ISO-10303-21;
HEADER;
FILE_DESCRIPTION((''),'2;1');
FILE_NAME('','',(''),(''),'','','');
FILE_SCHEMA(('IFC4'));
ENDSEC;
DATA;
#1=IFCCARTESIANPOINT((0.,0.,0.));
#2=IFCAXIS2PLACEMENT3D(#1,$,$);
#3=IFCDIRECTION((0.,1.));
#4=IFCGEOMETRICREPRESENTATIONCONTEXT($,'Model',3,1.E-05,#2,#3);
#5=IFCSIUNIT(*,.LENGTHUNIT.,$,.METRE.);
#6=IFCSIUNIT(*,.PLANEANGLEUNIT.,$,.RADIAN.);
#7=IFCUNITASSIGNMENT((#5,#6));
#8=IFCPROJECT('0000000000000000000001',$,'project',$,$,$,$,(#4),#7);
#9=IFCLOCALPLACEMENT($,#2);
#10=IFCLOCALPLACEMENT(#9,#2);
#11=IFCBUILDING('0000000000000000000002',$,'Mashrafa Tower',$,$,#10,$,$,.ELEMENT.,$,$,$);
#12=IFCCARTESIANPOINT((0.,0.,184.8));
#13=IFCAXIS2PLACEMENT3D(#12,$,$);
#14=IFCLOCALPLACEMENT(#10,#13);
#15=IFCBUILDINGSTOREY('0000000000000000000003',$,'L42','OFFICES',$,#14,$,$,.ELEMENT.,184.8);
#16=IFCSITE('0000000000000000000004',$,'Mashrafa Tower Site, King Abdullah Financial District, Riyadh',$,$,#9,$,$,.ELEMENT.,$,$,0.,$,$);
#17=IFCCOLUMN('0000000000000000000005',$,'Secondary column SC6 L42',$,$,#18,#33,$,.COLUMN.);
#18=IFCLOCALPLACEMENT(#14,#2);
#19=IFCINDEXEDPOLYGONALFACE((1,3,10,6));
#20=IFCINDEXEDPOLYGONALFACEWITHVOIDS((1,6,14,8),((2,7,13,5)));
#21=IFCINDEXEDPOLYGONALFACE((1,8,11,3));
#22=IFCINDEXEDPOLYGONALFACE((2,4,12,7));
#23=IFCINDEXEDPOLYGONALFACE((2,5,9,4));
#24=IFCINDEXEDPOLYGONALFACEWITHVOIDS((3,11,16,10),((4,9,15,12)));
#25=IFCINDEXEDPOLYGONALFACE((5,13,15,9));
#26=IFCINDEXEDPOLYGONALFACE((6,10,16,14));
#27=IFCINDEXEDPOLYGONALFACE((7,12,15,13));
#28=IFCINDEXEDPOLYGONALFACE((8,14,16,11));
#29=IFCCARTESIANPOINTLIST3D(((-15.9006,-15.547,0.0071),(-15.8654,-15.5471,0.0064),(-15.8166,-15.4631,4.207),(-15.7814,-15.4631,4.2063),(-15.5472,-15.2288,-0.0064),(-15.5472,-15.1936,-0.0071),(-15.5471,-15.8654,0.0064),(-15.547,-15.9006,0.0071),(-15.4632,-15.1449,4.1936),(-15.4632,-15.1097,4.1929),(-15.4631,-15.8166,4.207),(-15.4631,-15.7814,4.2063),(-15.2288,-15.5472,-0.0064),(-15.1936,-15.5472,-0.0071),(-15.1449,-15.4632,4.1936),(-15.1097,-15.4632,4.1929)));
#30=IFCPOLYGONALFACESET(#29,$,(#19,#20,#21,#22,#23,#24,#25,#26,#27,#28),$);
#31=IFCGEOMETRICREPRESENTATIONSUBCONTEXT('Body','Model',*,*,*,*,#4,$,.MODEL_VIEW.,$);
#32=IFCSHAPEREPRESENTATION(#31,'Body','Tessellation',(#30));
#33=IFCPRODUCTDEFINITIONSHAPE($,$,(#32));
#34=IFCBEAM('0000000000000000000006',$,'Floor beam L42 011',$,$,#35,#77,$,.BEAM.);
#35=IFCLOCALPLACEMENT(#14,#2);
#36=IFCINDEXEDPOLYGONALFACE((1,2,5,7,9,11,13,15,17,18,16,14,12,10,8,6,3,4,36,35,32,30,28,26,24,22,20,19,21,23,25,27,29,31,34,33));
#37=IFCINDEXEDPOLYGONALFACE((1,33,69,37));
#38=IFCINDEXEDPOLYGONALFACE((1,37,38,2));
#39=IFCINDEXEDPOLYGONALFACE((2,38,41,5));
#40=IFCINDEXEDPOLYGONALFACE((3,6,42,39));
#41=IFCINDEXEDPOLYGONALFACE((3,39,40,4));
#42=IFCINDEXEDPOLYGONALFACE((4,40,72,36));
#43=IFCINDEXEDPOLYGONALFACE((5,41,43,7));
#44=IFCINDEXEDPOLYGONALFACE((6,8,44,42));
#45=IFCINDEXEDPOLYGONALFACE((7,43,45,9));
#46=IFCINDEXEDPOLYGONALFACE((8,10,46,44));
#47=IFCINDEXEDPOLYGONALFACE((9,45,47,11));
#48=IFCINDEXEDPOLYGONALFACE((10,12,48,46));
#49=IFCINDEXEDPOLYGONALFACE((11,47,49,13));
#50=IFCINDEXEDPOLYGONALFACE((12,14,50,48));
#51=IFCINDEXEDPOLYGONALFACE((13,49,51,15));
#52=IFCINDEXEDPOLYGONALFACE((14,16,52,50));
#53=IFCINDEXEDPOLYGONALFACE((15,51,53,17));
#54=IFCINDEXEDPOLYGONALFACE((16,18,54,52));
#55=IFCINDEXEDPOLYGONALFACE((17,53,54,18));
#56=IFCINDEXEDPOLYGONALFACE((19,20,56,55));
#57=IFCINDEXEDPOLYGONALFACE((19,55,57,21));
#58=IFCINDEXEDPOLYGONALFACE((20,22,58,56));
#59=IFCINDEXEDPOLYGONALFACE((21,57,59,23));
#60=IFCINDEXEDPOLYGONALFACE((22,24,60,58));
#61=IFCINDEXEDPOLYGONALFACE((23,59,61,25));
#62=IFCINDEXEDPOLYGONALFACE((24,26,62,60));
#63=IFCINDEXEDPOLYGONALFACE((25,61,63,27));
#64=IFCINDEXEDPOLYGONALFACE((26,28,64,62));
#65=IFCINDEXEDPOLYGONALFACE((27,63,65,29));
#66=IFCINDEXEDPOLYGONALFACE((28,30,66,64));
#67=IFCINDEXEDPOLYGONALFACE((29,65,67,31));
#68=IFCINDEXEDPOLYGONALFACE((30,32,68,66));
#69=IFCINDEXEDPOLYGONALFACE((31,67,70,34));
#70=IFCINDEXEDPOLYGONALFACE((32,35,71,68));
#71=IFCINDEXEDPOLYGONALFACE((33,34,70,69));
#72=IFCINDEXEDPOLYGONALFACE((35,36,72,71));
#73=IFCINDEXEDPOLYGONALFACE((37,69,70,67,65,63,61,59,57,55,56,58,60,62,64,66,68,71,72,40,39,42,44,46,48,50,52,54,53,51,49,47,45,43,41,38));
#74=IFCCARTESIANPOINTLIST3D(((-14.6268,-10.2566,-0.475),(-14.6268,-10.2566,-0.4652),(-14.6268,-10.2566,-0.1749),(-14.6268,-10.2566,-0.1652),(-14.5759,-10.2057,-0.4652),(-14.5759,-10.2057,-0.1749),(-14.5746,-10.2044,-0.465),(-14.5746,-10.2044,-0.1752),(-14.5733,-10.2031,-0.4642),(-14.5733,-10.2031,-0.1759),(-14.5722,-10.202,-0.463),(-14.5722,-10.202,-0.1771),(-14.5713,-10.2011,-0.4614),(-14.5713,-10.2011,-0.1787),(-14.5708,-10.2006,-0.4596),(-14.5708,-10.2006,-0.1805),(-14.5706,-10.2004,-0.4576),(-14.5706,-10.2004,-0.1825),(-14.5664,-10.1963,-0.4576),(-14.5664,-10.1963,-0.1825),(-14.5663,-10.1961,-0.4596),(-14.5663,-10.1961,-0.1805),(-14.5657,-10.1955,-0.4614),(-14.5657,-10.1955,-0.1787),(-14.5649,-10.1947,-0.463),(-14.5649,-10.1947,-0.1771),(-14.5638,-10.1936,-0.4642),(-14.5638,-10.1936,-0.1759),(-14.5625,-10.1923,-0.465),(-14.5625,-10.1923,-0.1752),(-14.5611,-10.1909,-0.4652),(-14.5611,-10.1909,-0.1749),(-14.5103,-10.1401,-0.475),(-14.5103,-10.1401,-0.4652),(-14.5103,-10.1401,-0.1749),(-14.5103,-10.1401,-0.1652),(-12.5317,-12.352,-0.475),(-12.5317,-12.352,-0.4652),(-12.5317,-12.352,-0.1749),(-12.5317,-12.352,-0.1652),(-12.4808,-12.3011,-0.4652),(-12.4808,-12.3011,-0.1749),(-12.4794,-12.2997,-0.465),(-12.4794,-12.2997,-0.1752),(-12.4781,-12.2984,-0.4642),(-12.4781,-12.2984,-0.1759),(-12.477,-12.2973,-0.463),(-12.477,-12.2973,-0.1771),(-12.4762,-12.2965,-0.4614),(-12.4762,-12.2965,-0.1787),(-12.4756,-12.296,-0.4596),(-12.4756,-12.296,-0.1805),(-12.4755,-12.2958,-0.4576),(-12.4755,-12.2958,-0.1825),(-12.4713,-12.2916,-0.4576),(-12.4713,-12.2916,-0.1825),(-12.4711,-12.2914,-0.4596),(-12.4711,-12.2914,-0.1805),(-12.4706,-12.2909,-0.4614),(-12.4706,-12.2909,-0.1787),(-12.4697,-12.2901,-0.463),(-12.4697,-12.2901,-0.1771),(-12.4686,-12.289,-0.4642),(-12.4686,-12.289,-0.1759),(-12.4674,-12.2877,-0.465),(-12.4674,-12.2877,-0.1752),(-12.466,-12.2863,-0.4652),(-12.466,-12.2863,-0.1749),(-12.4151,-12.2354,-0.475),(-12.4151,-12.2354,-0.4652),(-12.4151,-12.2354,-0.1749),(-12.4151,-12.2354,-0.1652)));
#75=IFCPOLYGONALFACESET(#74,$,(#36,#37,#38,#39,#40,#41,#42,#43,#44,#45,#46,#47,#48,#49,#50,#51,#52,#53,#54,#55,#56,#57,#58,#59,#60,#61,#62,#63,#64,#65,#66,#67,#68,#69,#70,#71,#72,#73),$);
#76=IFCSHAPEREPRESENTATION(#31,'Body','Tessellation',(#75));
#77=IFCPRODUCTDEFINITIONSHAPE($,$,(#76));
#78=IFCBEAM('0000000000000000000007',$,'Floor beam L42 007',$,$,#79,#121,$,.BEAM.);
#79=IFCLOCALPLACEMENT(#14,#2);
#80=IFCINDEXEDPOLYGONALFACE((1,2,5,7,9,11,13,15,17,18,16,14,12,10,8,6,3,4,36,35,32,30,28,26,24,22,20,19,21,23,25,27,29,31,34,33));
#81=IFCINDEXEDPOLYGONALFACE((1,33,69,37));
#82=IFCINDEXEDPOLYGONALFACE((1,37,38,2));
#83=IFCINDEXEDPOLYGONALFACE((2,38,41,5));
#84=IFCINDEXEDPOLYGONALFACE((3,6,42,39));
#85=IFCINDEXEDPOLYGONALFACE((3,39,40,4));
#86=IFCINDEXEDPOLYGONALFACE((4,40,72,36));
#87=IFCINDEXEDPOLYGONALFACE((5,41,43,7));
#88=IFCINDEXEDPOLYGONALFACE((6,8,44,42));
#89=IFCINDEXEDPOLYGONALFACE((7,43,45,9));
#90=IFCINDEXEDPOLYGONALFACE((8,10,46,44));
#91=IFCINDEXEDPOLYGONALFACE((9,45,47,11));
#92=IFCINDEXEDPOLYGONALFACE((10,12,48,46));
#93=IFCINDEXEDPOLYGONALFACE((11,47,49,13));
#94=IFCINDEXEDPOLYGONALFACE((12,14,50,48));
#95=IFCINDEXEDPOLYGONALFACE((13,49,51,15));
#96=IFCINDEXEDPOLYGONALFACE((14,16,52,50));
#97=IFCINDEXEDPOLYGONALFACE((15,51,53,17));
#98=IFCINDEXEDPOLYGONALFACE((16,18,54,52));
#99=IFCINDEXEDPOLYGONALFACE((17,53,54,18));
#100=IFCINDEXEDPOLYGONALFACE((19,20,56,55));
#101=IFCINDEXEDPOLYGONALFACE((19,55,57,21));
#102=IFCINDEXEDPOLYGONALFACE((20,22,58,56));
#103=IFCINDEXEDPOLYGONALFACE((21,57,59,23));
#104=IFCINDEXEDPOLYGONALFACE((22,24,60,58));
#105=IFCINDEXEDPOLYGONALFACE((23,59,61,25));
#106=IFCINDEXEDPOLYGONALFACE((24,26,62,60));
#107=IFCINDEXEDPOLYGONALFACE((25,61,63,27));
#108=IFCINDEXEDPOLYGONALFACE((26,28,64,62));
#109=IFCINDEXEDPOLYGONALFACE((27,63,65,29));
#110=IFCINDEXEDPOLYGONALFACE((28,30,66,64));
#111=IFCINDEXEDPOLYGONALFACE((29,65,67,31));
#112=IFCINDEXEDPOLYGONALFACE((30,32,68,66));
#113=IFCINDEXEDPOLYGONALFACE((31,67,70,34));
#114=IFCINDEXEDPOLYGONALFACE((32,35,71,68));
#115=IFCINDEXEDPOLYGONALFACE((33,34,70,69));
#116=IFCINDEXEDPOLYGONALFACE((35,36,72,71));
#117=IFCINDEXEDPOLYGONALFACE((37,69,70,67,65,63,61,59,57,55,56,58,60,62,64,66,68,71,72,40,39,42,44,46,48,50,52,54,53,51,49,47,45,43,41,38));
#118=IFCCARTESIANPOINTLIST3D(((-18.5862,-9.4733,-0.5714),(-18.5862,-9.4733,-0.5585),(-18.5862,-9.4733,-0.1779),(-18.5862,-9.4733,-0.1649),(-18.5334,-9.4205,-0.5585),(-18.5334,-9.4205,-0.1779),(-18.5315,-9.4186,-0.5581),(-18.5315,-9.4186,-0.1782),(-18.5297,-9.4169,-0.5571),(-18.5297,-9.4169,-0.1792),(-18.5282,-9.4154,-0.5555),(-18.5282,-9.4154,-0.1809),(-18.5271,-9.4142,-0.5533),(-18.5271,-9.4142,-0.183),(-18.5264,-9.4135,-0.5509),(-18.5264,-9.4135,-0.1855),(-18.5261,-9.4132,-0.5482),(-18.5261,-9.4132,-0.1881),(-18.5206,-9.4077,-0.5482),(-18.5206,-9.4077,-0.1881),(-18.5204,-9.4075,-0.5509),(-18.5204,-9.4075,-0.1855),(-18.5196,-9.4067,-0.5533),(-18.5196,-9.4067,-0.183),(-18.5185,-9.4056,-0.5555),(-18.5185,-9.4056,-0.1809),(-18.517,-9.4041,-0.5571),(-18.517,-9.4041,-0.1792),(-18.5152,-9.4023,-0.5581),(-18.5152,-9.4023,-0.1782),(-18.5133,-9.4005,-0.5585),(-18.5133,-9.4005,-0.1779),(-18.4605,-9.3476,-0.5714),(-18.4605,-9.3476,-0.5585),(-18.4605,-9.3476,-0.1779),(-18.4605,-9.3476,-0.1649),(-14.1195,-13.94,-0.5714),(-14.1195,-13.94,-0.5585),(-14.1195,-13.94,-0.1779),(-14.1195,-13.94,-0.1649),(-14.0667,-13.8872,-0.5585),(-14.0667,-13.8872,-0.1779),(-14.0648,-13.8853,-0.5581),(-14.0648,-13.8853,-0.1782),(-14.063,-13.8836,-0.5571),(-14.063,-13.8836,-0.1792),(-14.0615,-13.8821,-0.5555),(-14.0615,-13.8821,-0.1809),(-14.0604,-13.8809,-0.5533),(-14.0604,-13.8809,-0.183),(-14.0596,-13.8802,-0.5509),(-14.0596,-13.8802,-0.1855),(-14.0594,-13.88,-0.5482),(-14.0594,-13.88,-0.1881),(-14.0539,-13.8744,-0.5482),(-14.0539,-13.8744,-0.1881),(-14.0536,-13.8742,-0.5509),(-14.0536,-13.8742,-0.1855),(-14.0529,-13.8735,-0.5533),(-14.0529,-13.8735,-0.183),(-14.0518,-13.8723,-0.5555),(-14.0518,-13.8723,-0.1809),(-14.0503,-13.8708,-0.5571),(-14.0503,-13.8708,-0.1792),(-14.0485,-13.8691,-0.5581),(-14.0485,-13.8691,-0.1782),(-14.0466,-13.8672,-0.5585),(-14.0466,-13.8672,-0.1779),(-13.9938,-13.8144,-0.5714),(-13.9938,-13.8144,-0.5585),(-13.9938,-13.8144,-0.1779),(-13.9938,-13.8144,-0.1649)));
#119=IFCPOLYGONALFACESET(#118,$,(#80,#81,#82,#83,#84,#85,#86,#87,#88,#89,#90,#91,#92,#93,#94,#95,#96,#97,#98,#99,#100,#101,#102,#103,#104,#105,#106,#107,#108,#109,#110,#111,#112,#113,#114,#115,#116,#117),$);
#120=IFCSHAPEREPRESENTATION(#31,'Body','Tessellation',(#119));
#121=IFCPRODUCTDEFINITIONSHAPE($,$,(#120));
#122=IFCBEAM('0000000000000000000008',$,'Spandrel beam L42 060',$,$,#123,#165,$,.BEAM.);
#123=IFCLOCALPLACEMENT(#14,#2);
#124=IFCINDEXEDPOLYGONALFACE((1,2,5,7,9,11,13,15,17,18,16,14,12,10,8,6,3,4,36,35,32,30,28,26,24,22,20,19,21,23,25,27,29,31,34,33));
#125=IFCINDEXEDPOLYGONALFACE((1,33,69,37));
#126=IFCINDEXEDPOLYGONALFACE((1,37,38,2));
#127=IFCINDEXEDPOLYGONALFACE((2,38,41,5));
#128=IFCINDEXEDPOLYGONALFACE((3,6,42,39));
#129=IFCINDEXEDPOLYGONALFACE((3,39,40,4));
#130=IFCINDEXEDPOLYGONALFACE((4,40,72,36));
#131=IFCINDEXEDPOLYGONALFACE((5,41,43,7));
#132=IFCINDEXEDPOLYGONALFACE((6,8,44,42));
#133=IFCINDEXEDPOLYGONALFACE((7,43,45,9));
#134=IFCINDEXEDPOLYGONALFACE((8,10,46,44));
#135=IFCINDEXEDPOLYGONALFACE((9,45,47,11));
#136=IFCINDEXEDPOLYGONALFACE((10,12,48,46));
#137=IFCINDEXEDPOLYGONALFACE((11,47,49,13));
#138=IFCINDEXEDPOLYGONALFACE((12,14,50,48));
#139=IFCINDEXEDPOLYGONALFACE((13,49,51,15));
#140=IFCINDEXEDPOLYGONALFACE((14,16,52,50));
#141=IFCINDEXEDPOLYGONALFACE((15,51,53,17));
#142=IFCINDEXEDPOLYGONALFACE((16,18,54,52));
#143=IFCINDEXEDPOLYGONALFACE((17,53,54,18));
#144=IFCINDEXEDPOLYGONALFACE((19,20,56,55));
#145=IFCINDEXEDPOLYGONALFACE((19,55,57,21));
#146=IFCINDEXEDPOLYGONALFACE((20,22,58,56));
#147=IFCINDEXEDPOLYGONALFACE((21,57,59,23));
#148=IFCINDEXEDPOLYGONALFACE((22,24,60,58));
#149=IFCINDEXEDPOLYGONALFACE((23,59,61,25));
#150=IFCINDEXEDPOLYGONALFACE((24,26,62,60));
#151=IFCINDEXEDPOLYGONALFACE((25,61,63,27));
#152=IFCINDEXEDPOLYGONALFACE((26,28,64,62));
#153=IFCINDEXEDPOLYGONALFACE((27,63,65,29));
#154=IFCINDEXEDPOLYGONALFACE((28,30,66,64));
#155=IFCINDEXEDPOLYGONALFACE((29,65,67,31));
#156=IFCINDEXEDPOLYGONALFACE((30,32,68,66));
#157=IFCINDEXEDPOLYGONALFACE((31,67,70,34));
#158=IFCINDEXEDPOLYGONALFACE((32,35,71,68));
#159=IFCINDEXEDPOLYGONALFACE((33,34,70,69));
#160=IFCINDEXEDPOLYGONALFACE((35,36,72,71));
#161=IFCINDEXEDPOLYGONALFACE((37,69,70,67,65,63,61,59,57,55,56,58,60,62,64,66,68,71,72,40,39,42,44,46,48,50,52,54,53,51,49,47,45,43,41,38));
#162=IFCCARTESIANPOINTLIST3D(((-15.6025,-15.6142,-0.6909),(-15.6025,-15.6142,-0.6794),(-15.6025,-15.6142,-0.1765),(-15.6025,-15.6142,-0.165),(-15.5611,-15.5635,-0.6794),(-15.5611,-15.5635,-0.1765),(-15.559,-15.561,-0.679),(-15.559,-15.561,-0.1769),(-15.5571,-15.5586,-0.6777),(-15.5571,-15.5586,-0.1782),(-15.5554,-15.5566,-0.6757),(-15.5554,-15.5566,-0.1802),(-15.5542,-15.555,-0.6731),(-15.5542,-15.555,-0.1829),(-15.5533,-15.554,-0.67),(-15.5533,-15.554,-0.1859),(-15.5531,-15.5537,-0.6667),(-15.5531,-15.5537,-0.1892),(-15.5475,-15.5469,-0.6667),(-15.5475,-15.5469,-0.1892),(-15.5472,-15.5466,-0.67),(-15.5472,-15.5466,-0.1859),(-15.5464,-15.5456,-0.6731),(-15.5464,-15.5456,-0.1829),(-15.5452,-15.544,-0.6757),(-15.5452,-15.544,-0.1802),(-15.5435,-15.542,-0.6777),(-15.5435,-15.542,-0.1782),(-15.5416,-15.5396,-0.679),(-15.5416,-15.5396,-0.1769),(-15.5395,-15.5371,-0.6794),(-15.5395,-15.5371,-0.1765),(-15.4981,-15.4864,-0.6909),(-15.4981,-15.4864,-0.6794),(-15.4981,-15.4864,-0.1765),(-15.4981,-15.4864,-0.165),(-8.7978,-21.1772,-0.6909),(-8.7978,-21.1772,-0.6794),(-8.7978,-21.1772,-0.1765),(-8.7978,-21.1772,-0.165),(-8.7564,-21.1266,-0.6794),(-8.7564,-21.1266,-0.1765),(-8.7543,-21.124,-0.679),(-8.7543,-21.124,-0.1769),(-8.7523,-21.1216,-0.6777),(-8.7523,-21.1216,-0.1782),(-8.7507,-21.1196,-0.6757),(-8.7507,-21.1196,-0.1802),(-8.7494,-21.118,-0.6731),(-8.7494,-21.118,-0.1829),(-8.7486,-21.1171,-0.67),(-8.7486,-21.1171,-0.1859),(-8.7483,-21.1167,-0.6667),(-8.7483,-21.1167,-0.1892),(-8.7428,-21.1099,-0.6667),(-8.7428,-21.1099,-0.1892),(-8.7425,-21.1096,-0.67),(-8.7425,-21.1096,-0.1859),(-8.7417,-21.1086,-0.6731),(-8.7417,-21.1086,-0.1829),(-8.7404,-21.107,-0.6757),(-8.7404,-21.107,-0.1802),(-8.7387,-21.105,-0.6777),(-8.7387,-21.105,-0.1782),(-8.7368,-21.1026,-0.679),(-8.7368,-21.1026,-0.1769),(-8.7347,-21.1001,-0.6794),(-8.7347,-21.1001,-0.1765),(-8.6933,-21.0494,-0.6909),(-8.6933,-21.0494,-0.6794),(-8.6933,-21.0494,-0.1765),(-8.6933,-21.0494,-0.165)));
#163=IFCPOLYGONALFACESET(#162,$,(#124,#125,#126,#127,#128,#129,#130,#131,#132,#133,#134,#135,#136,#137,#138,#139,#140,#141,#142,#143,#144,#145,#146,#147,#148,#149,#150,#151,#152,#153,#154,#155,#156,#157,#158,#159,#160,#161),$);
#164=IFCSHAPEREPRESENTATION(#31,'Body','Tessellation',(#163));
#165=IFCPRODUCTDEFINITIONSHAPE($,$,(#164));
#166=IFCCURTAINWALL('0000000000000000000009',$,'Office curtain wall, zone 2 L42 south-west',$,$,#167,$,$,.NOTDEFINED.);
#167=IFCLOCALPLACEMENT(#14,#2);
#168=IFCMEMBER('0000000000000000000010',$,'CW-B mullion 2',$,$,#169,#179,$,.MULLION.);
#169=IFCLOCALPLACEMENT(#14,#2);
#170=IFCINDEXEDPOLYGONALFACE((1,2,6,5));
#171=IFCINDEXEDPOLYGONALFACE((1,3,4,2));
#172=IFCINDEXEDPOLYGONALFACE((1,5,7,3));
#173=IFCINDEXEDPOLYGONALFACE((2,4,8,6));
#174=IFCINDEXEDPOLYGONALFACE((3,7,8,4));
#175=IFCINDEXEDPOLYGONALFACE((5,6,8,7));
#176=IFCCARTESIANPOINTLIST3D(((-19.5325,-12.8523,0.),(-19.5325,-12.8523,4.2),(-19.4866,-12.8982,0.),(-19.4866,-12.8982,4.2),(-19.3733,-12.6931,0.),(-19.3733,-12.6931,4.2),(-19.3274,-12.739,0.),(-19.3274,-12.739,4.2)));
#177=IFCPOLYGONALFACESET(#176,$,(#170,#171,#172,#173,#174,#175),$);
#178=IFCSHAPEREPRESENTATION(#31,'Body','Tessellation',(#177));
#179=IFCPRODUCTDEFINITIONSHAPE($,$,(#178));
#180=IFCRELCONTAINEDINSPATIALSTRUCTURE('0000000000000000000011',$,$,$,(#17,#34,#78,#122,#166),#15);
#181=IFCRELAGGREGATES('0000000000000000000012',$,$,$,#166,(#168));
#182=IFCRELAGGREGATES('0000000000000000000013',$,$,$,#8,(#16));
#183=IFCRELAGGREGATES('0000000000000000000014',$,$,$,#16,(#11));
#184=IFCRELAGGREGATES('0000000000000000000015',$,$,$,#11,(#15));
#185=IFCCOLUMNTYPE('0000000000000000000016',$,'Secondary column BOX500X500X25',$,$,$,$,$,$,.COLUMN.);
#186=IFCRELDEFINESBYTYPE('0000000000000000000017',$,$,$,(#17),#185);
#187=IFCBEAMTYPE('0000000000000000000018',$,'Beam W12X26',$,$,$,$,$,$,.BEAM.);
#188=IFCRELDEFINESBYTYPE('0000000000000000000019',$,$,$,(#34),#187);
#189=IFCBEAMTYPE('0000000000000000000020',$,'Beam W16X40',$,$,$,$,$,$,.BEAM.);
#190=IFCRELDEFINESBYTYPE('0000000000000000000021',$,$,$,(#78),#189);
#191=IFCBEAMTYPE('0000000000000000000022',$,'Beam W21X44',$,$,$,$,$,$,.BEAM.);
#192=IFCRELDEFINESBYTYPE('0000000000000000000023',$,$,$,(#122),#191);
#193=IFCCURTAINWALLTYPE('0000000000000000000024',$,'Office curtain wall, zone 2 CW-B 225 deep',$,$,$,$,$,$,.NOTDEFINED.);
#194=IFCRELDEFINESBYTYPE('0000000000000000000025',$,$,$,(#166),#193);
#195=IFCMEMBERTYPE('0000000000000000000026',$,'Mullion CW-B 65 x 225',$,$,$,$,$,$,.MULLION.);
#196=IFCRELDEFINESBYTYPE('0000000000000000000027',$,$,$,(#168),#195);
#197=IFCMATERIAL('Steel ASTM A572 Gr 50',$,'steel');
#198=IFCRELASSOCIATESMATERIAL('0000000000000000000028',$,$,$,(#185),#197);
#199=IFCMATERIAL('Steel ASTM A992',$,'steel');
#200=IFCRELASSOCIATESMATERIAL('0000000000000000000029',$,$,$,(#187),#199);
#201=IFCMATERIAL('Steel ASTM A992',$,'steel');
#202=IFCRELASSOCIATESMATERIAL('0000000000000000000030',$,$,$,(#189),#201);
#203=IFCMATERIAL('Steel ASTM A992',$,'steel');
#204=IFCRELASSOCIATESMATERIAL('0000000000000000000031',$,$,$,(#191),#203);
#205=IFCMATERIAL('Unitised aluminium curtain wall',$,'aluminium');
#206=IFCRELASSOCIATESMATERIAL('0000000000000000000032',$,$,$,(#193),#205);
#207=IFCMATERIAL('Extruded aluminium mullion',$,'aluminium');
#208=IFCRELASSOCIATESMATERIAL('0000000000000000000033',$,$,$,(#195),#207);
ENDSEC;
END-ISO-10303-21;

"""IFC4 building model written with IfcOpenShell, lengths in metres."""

from ifc_helpers import new_model, si_unit, direction, frame, origin, origin_2d, place, context, subcontext, project, spatial, rectangle, hollow_rectangle, i_section, extrude, source, transform, mapped, material, material_profile, profile_set, type_object, type_shapes, element, aggregate, save


model = new_model("IFC4")

# Units and contexts
model_context = context("Model", 3, precision=1e-05, world=origin(), true_north=direction((0.0, 1.0)))
body_context = subcontext(model_context, "Body", "Model", "MODEL_VIEW")
ifc_project = project(units=[si_unit("LENGTHUNIT", "METRE"), si_unit("PLANEANGLEUNIT", "RADIAN")], contexts=[model_context])

# Site, building, storey
site_placement = place(None, origin())
site = spatial("IfcSite", under=ifc_project, at=site_placement, Name="Mashrafa Tower Site, King Abdullah Financial District, Riyadh", CompositionType="ELEMENT", RefElevation=0.0)
building_placement = place(site_placement, origin())
building = spatial("IfcBuilding", under=site, at=building_placement, Name="Mashrafa Tower", CompositionType="ELEMENT")
storey_placement = place(building_placement, frame((0.0, 0.0, 184.8)))
storey = spatial("IfcBuildingStorey", under=building, at=storey_placement, Name="L42", Description="OFFICES", CompositionType="ELEMENT", Elevation=184.8)

# Column
ifc_material_1 = material(Name="Steel ASTM A572 Gr 50", Category="steel")
ifc_material_profile_1 = material_profile(ifc_material_1, hollow_rectangle(XDim=0.5, YDim=0.5, WallThickness=0.0249, at=origin_2d()), Name="BOX500X500X25")
ifc_profile_set_1 = profile_set([ifc_material_profile_1], Name="Steel ASTM A572 Gr 50")
column_type = type_object("IfcColumnType", Name="Secondary column BOX500X500X25", PredefinedType="COLUMN", material=ifc_profile_set_1)
column_placement = place(storey_placement, frame((-15.5471, -15.5471, 0.0), z_axis=(0.019989, 0.019989, 0.9996), x_axis=(-0.707107, 0.707107, 0.0)))
element("IfcColumn", 1, at=column_placement, inside=storey, type_object=column_type, Name="Secondary column SC6 L42", PredefinedType="COLUMN", context=body_context, shape_type="SweptSolid", body=[
    extrude(hollow_rectangle(XDim=0.5, YDim=0.5, WallThickness=0.0249, at=origin_2d()), origin(), (0.0, 0.0, 1.0), 4.2017),
])

# Beams
ifc_material_2 = material(Name="Steel ASTM A992", Category="steel")
ifc_material_profile_2 = material_profile(ifc_material_2, i_section(OverallWidth=0.1648, OverallDepth=0.3098, WebThickness=0.0059, FlangeThickness=0.0098, FilletRadius=0.0076, at=origin_2d()), Name="W12X26")
ifc_profile_set_2 = profile_set([ifc_material_profile_2], Name="Steel ASTM A992")
beam_type_1 = type_object("IfcBeamType", Name="Beam W12X26", PredefinedType="BEAM", material=ifc_profile_set_2)
beam_1_placement = place(storey_placement, frame((-12.4734, -12.2937, -0.3201), z_axis=(-0.707066, 0.707148, 0.0), x_axis=(-0.707148, -0.707066, 0.0)))
element("IfcBeam", 2, at=beam_1_placement, inside=storey, type_object=beam_type_1, Name="Floor beam L42 011", PredefinedType="BEAM", context=body_context, shape_type="SweptSolid", body=[
    extrude(i_section(OverallWidth=0.1648, OverallDepth=0.3098, WebThickness=0.0059, FlangeThickness=0.0098, FilletRadius=0.0076, at=origin_2d()), origin(), (0.0, 0.0, 1.0), 2.9631),
])
ifc_material_3 = material(Name="Steel ASTM A992", Category="steel")
ifc_material_profile_3 = material_profile(ifc_material_3, i_section(OverallWidth=0.1777, OverallDepth=0.4065, WebThickness=0.0078, FlangeThickness=0.0129, FilletRadius=0.0103, at=origin_2d()), Name="W16X40")
ifc_profile_set_3 = profile_set([ifc_material_profile_3], Name="Steel ASTM A992")
beam_type_2 = type_object("IfcBeamType", Name="Beam W16X40", PredefinedType="BEAM", material=ifc_profile_set_3)
beam_2_placement = place(storey_placement, frame((-14.0566, -13.8772, -0.3682), z_axis=(-0.707107, 0.707107, 0.0), x_axis=(-0.707107, -0.707107, 0.0)))
element("IfcBeam", 3, at=beam_2_placement, inside=storey, type_object=beam_type_2, Name="Floor beam L42 007", PredefinedType="BEAM", context=body_context, shape_type="SweptSolid", body=[
    extrude(i_section(OverallWidth=0.1777, OverallDepth=0.4065, WebThickness=0.0078, FlangeThickness=0.0129, FilletRadius=0.0103, at=origin_2d()), origin(), (0.0, 0.0, 1.0), 6.3169),
])
ifc_material_4 = material(Name="Steel ASTM A992", Category="steel")
ifc_material_profile_4 = material_profile(ifc_material_4, i_section(OverallWidth=0.165, OverallDepth=0.5259, WebThickness=0.0088, FlangeThickness=0.0115, FilletRadius=0.0127, at=origin_2d()), Name="W21X44")
ifc_profile_set_4 = profile_set([ifc_material_profile_4], Name="Steel ASTM A992")
beam_type_3 = type_object("IfcBeamType", Name="Beam W21X44", PredefinedType="BEAM", material=ifc_profile_set_4)
beam_3_placement = place(storey_placement, frame((-15.5503, -15.5503, -0.428), z_axis=(0.774207, -0.632932, 0.0), x_axis=(0.632932, 0.774207, 0.0)))
element("IfcBeam", 4, at=beam_3_placement, inside=storey, type_object=beam_type_3, Name="Spandrel beam L42 060", PredefinedType="BEAM", context=body_context, shape_type="SweptSolid", body=[
    extrude(i_section(OverallWidth=0.165, OverallDepth=0.5259, WebThickness=0.0088, FlangeThickness=0.0115, FilletRadius=0.0127, at=origin_2d()), origin(), (0.0, 0.0, 1.0), 8.7893),
])

# Curtain wall, member
ifc_material_5 = material(Name="Unitised aluminium curtain wall", Category="aluminium")
curtain_wall_type = type_object("IfcCurtainWallType", Name="Office curtain wall, zone 2 CW-B 225 deep", PredefinedType="NOTDEFINED", material=ifc_material_5)
curtain_wall_placement = place(storey_placement, origin())
curtain_wall = element("IfcCurtainWall", 5, at=curtain_wall_placement, inside=storey, type_object=curtain_wall_type, Name="Office curtain wall, zone 2 L42 south-west", PredefinedType="NOTDEFINED")
ifc_material_6 = material(Name="Extruded aluminium mullion", Category="aluminium")
ifc_material_profile_5 = material_profile(ifc_material_6, rectangle(XDim=0.2251, YDim=0.0649, at=origin_2d()), Name="Mullion 65x225")
ifc_profile_set_5 = profile_set([ifc_material_profile_5], Name="Extruded aluminium mullion")
member_type_1 = type_object("IfcMemberType", Name="Mullion CW-B 65 x 225", PredefinedType="MULLION", material=ifc_profile_set_5)
shared_shape_1 = source(origin(), body_context, "Body", "SweptSolid", [
    extrude(rectangle(XDim=0.2251, YDim=0.0649, at=origin_2d()), origin(), (0.0, 0.0, 1.0), 4.2),
])
type_shapes(member_type_1, [shared_shape_1])
member_1_placement = place(storey_placement, frame((-19.4299, -12.7957, 0.0), z_axis=(0.0, 0.0, 1.0), x_axis=(0.707107, 0.707107, 0.0)))
member_1 = element("IfcMember", 6, at=member_1_placement, type_object=member_type_1, Name="CW-B mullion 2", PredefinedType="MULLION", context=body_context, shape_type="MappedRepresentation", body=[
    mapped(shared_shape_1, transform((0.0, 0.0, 0.0))),
])
aggregate(curtain_wall, [member_1])

save(model, "model.ifc")
